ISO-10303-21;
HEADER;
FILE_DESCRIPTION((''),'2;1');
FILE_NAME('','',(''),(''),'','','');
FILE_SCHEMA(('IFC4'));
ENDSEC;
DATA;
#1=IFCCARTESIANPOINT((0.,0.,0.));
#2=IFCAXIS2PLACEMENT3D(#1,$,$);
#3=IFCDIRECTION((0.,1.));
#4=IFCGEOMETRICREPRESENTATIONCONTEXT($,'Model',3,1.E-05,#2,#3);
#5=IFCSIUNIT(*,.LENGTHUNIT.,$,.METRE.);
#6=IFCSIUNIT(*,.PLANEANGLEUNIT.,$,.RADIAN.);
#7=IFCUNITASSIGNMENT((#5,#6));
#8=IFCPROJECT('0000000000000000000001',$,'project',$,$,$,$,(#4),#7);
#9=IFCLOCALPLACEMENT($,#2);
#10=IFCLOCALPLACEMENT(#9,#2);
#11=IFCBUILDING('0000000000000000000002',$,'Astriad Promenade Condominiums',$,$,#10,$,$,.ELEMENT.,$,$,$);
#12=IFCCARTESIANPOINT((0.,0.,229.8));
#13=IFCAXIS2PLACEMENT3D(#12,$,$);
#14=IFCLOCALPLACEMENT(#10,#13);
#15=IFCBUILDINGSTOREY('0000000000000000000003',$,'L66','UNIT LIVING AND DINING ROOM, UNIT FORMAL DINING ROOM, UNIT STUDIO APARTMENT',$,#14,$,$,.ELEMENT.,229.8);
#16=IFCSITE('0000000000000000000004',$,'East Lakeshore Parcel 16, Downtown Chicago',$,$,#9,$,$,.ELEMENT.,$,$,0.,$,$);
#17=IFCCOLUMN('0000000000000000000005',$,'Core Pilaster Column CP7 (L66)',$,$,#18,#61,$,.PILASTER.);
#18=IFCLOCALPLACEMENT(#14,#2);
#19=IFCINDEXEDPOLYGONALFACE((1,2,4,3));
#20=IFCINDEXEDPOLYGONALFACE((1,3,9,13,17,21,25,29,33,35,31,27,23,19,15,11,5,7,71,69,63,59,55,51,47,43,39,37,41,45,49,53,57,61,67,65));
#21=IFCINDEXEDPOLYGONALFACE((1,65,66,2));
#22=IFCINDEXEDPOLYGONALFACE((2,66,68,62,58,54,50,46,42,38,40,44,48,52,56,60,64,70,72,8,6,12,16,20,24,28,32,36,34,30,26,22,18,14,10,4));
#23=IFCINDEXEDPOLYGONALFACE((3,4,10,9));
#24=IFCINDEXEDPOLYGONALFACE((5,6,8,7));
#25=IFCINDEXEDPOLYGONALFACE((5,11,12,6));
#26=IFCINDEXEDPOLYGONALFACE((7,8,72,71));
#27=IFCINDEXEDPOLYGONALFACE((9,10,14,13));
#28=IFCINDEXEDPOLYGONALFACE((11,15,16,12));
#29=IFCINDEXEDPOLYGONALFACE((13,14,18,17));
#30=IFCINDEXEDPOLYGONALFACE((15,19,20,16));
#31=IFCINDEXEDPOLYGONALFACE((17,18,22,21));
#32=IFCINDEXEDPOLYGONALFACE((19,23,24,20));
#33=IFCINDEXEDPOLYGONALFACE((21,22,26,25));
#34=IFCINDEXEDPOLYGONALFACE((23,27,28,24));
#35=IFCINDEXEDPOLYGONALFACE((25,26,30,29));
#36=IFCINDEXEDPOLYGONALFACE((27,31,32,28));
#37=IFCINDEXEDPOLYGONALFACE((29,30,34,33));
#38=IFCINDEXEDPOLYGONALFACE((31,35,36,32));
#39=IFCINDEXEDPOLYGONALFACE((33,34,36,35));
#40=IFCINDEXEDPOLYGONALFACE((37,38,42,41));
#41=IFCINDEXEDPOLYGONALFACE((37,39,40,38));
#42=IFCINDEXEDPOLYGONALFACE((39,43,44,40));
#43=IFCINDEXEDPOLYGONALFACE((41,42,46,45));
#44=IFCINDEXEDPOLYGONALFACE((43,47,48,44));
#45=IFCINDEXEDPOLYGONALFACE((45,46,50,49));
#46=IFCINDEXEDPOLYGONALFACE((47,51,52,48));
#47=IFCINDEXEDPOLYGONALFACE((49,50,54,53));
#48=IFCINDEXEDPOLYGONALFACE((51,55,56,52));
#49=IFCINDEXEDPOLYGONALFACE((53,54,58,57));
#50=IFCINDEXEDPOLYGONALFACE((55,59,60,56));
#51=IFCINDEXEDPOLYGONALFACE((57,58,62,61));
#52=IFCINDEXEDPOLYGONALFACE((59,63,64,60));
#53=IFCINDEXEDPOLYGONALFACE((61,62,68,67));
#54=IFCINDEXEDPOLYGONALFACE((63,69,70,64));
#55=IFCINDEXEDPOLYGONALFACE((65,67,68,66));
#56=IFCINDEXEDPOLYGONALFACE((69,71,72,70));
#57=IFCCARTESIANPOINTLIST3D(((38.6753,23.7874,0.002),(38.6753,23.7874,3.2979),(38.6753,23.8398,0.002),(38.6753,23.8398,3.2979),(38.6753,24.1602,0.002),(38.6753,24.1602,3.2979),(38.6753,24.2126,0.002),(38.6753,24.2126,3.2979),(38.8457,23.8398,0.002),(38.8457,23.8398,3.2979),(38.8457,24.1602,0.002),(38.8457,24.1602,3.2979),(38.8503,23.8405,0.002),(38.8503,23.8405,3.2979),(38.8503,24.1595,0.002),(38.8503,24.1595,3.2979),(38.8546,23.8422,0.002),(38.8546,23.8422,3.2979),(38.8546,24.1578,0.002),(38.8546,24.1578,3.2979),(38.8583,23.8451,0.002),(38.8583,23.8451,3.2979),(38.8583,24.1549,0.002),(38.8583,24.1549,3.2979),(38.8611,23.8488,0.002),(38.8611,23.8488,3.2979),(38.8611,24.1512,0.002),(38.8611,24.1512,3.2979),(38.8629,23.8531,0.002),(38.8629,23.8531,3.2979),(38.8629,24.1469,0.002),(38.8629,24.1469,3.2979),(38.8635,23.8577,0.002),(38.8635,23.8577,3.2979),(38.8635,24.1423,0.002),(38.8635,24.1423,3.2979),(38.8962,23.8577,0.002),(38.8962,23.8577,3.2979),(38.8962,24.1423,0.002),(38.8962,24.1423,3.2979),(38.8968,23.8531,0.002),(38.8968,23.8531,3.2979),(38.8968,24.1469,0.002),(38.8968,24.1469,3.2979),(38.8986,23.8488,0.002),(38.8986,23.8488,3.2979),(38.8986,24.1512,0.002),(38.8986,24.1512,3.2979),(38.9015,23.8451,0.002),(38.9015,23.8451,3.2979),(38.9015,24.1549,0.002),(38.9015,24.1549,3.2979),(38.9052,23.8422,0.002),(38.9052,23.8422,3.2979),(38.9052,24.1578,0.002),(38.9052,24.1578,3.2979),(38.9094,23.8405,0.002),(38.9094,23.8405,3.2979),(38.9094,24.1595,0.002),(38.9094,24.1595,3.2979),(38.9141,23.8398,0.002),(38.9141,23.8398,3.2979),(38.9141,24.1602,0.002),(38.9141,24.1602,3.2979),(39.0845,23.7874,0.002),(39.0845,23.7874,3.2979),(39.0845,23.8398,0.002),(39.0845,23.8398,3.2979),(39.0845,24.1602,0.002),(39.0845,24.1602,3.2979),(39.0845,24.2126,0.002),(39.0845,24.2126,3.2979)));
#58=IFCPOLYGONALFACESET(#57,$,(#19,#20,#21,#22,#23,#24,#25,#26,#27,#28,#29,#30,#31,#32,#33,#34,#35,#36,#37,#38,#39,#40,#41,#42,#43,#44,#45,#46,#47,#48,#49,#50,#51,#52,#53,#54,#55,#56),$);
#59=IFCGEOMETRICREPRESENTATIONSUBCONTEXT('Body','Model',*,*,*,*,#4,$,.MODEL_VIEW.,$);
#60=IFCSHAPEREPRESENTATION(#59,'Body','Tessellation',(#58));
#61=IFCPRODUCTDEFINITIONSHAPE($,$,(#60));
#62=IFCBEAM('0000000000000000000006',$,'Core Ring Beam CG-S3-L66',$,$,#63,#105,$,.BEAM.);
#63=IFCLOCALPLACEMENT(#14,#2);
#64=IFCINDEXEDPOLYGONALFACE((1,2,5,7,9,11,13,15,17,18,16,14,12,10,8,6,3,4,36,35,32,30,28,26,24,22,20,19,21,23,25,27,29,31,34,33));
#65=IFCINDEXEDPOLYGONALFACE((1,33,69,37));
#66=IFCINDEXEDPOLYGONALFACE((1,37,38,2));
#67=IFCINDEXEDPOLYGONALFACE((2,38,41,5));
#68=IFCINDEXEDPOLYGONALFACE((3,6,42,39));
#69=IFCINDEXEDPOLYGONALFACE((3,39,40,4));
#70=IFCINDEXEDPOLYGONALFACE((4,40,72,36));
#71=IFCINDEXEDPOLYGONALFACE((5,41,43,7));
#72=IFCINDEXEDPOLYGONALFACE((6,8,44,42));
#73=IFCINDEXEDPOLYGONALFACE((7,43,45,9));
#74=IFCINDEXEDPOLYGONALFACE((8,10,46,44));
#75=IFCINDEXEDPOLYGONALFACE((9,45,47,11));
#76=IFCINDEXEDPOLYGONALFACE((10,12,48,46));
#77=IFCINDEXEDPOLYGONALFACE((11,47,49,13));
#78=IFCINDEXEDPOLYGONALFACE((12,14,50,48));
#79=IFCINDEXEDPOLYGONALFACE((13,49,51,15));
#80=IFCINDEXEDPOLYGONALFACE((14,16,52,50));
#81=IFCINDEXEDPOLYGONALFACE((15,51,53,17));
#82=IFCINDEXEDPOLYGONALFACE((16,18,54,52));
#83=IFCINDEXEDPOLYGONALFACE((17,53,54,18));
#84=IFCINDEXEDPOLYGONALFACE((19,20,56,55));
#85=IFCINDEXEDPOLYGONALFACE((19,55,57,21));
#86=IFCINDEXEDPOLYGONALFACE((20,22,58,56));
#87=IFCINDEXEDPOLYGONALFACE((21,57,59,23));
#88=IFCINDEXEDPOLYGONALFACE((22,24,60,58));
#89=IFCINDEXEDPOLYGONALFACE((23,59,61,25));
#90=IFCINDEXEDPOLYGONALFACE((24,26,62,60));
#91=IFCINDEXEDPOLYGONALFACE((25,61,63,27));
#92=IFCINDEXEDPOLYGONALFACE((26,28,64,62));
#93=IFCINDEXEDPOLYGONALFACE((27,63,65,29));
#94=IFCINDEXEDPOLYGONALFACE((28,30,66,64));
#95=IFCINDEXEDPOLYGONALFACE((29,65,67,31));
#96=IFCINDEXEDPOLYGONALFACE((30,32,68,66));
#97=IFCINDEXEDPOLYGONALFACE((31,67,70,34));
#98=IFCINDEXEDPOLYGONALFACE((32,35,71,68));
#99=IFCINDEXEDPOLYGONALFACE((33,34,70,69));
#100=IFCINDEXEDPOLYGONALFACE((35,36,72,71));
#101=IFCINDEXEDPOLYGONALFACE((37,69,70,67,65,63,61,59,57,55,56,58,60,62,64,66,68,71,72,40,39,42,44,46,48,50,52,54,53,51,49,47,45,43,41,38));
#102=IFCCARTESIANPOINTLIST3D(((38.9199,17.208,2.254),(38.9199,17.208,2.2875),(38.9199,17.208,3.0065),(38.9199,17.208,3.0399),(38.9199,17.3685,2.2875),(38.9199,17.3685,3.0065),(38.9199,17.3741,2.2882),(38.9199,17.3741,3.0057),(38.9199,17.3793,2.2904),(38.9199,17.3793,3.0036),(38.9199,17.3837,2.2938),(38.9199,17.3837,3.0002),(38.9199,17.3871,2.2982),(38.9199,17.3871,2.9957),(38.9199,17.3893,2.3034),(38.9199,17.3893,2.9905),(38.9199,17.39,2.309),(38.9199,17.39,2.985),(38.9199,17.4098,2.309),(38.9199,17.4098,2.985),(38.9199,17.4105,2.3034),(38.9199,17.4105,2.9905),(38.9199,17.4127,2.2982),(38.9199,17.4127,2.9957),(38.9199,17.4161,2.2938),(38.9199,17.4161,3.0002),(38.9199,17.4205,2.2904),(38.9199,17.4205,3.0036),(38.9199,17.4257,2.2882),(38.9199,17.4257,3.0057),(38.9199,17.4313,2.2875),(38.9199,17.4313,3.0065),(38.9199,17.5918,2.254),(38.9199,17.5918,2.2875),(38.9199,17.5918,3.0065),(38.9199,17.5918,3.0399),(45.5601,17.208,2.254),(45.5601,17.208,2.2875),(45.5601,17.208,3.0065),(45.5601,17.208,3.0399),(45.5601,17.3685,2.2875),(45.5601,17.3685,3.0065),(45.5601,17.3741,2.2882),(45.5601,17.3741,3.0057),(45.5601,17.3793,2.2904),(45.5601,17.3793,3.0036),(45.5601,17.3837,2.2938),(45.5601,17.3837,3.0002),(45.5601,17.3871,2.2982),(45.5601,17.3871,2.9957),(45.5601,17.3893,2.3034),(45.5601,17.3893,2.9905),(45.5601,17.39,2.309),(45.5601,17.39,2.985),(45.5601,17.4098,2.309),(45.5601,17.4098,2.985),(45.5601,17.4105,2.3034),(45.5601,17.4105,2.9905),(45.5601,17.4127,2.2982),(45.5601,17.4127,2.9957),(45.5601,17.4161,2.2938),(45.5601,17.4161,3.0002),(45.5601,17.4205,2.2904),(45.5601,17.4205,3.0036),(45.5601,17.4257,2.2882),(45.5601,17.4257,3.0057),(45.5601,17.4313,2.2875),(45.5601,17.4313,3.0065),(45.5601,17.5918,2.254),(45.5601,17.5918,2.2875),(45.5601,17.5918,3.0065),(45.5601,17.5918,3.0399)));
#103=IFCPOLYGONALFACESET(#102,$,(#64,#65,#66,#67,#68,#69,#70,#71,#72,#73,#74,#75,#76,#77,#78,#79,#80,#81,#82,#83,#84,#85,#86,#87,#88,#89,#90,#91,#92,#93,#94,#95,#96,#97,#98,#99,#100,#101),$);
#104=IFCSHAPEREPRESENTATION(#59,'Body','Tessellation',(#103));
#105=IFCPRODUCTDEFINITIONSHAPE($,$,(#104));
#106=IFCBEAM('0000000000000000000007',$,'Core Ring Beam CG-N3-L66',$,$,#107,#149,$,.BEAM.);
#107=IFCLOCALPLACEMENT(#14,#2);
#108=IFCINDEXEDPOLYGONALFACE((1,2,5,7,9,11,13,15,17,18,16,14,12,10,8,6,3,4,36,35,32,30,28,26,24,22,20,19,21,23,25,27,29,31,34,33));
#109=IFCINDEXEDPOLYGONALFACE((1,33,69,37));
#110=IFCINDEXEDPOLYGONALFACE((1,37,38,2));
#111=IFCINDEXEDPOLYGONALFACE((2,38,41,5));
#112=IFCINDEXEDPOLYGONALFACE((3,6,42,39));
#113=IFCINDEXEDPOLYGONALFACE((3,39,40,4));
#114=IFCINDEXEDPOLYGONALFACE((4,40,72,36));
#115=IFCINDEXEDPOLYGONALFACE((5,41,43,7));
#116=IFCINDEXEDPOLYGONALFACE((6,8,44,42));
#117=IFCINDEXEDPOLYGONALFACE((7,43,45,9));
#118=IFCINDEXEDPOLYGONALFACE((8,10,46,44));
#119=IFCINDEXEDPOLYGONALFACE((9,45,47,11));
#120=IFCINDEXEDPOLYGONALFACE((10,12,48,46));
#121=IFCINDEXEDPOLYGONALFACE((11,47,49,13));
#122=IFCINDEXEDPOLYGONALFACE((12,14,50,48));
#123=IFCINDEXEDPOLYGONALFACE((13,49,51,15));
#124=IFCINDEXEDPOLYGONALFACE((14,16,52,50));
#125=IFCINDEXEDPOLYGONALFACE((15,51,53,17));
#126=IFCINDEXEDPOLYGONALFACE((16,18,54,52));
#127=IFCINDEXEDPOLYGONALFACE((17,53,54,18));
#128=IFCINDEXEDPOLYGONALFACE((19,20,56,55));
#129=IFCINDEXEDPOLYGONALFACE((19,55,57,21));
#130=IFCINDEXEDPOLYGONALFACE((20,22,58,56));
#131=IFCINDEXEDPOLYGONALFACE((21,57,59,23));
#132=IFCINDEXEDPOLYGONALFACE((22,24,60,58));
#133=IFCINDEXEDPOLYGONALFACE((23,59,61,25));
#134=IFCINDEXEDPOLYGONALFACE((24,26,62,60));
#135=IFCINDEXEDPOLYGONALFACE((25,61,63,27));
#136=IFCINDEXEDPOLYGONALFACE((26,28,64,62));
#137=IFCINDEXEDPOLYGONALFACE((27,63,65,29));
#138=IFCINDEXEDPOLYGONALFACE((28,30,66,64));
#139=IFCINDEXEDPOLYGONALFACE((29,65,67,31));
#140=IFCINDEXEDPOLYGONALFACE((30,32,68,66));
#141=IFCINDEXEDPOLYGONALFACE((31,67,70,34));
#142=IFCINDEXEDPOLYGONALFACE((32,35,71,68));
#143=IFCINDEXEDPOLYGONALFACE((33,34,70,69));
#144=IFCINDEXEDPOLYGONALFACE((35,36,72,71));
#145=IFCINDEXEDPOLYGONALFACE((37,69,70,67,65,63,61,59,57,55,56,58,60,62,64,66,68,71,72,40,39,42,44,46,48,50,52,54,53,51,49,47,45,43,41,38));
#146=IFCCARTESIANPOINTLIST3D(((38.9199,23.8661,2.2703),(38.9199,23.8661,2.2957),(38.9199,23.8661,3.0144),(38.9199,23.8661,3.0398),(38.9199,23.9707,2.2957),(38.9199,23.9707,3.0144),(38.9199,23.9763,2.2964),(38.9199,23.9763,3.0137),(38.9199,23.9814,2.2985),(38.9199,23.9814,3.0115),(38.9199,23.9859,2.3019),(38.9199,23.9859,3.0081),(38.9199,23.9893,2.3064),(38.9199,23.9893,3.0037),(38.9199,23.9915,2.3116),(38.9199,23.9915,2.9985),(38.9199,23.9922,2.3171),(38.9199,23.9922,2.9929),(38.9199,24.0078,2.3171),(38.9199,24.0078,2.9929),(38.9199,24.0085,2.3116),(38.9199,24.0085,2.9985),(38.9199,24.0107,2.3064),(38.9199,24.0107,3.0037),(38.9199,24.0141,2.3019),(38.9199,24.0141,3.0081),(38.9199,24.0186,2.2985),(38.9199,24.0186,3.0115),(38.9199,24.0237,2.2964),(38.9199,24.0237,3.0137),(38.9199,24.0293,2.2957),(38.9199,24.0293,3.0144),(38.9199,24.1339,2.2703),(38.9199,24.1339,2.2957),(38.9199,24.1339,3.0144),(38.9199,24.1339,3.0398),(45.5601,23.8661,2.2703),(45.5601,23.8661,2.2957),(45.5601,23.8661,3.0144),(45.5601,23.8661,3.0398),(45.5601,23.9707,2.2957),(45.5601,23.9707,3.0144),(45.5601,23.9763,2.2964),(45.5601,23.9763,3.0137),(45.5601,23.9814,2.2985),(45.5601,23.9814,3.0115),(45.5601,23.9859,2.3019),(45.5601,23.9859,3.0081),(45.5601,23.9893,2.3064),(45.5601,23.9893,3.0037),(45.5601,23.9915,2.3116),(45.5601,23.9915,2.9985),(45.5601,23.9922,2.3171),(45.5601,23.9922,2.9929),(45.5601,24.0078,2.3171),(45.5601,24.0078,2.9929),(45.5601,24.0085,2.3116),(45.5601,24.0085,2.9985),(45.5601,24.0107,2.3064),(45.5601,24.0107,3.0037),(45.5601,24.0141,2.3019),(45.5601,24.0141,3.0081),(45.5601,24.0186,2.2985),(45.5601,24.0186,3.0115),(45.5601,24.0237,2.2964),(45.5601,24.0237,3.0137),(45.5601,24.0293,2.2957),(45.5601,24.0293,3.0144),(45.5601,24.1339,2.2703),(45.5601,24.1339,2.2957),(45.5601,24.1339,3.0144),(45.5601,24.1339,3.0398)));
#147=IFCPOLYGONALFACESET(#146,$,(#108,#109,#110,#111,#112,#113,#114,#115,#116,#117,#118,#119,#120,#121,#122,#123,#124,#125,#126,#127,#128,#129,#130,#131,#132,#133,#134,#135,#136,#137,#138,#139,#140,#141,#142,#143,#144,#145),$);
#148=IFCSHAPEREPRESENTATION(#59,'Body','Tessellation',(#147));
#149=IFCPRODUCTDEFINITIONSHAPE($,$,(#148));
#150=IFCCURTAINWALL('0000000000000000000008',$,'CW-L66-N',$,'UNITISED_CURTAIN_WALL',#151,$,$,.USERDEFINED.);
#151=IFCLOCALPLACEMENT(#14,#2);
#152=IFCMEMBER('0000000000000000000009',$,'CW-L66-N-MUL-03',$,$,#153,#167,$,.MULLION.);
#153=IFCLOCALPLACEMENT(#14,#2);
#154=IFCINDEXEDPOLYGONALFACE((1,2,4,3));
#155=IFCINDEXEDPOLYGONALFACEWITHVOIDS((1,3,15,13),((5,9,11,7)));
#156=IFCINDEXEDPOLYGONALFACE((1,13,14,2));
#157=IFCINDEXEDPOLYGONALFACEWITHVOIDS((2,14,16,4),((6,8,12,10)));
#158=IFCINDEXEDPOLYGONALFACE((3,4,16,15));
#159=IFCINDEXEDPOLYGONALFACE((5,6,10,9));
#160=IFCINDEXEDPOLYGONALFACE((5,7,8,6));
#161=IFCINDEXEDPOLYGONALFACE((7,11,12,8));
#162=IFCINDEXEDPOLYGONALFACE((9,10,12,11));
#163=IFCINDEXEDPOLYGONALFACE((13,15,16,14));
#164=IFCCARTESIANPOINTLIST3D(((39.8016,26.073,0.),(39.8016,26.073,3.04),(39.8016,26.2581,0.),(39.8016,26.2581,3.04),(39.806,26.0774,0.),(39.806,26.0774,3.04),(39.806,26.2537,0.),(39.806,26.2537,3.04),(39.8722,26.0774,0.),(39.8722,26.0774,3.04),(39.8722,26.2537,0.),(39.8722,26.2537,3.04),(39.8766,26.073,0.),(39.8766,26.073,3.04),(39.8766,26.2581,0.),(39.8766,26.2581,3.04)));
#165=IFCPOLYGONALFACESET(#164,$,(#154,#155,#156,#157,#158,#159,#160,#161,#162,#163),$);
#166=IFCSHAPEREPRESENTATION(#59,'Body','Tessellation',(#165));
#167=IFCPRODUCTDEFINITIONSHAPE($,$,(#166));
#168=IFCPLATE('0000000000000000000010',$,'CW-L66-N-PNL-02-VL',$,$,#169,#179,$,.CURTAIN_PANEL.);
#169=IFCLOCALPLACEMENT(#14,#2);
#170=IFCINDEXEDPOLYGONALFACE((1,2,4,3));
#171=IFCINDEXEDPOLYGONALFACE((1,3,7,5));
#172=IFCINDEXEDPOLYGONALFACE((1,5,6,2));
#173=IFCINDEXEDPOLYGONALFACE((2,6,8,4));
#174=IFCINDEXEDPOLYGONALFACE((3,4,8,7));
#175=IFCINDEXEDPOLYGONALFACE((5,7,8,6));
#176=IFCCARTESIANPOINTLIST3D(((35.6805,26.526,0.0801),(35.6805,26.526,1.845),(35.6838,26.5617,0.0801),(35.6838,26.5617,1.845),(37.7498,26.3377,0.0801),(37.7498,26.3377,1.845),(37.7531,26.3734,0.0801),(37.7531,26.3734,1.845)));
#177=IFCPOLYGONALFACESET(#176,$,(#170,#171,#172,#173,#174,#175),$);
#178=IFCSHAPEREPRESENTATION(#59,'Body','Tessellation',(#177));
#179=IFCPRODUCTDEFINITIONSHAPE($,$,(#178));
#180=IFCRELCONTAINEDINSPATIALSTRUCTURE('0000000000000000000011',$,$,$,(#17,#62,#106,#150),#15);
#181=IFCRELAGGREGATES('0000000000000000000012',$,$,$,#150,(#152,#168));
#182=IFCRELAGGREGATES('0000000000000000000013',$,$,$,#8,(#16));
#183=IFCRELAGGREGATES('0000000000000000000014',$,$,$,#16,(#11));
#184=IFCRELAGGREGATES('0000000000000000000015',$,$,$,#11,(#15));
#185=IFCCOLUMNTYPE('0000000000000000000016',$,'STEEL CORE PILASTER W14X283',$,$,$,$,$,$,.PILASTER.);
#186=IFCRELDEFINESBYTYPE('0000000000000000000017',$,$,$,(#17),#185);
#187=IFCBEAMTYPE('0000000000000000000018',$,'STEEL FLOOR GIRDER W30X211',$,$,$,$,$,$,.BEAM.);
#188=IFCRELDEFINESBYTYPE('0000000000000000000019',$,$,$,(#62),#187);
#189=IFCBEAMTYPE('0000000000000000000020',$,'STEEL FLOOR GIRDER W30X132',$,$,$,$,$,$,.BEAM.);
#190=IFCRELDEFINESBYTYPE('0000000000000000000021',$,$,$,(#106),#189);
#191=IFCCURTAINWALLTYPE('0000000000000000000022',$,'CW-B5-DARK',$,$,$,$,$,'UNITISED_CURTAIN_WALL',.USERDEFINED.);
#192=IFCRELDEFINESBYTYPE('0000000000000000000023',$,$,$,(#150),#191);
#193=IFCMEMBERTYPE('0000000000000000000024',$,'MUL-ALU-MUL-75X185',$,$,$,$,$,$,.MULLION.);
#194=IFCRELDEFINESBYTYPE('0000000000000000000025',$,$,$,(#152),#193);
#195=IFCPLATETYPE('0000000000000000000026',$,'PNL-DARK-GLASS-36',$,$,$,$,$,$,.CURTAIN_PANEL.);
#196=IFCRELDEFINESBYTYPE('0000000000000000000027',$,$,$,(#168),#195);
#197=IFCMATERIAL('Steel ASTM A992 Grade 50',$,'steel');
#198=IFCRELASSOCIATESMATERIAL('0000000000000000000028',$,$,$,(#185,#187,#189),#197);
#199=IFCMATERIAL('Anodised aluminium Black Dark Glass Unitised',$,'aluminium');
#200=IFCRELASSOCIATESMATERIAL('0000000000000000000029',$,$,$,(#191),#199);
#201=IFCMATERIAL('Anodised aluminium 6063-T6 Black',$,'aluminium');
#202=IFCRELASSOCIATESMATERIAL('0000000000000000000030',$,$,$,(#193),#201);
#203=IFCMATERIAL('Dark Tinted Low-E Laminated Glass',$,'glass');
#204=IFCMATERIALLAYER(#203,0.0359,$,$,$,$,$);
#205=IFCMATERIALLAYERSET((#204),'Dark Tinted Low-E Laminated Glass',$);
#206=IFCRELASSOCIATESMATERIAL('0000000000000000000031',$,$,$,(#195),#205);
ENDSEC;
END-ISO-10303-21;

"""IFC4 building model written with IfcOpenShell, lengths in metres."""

from ifc_helpers import new_model, si_unit, direction, frame, origin, origin_2d, place, context, subcontext, project, spatial, rectangle, hollow_rectangle, i_section, extrude, source, transform, mapped, material, layer, layer_set, material_profile, profile_set, type_object, type_shapes, element, aggregate, save


model = new_model("IFC4")

# Units and contexts
model_context = context("Model", 3, precision=1e-05, world=origin(), true_north=direction((0.0, 1.0)))
body_context = subcontext(model_context, "Body", "Model", "MODEL_VIEW")
ifc_project = project(units=[si_unit("LENGTHUNIT", "METRE"), si_unit("PLANEANGLEUNIT", "RADIAN")], contexts=[model_context])

# Site, building, storey
site_placement = place(None, origin())
site = spatial("IfcSite", under=ifc_project, at=site_placement, Name="East Lakeshore Parcel 16, Downtown Chicago", CompositionType="ELEMENT", RefElevation=0.0)
building_placement = place(site_placement, origin())
building = spatial("IfcBuilding", under=site, at=building_placement, Name="Astriad Promenade Condominiums", CompositionType="ELEMENT")
storey_placement = place(building_placement, frame((0.0, 0.0, 229.8)))
storey = spatial("IfcBuildingStorey", under=building, at=storey_placement, Name="L66", Description="UNIT LIVING AND DINING ROOM, UNIT FORMAL DINING ROOM, UNIT STUDIO APARTMENT", CompositionType="ELEMENT", Elevation=229.8)

# Column
ifc_material_1 = material(Name="Steel ASTM A992 Grade 50", Category="steel")
ifc_material_profile_1 = material_profile(ifc_material_1, i_section(OverallWidth=0.4092, OverallDepth=0.4253, WebThickness=0.0327, FlangeThickness=0.0525, FilletRadius=0.0178, at=origin_2d()), Name="W14X283")
ifc_profile_set_1 = profile_set([ifc_material_profile_1], Name="Steel ASTM A992 Grade 50")
column_type = type_object("IfcColumnType", Name="STEEL CORE PILASTER W14X283", PredefinedType="PILASTER", material=ifc_profile_set_1)
shared_shape_1 = source(origin(), body_context, "Body", "SweptSolid", [
    extrude(i_section(OverallWidth=0.4092, OverallDepth=0.4253, WebThickness=0.0327, FlangeThickness=0.0525, FilletRadius=0.0178, at=origin_2d()), origin(), (0.0, 0.0, 1.0), 3.2959),
])
type_shapes(column_type, [shared_shape_1])
column_placement = place(storey_placement, frame((38.8799, 24.0, 0.002), z_axis=(0.0, 0.0, 1.0), x_axis=(1.0, 0.0, 0.0)))
element("IfcColumn", 1, at=column_placement, inside=storey, type_object=column_type, Name="Core Pilaster Column CP7 (L66)", PredefinedType="PILASTER", context=body_context, shape_type="MappedRepresentation", body=[
    mapped(shared_shape_1, transform((0.0, 0.0, 0.0), scale=1.0)),
])

# Beams
ifc_material_profile_2 = material_profile(ifc_material_1, i_section(OverallWidth=0.3838, OverallDepth=0.7859, WebThickness=0.0198, FlangeThickness=0.0334, FilletRadius=0.0215, at=origin_2d()), Name="W30X211")
ifc_profile_set_2 = profile_set([ifc_material_profile_2], Name="Steel ASTM A992 Grade 50")
beam_type_1 = type_object("IfcBeamType", Name="STEEL FLOOR GIRDER W30X211", PredefinedType="BEAM", material=ifc_profile_set_2)
shared_shape_2 = source(origin(), body_context, "Body", "SweptSolid", [
    extrude(i_section(OverallWidth=0.3838, OverallDepth=0.7859, WebThickness=0.0198, FlangeThickness=0.0334, FilletRadius=0.0215, at=origin_2d()), origin(), (0.0, 0.0, 1.0), 6.6401),
])
type_shapes(beam_type_1, [shared_shape_2])
beam_1_placement = place(storey_placement, frame((38.9199, 17.3999, 2.647), z_axis=(1.0, 0.0, 0.0), x_axis=(0.0, 1.0, 0.0)))
element("IfcBeam", 2, at=beam_1_placement, inside=storey, type_object=beam_type_1, Name="Core Ring Beam CG-S3-L66", PredefinedType="BEAM", context=body_context, shape_type="MappedRepresentation", body=[
    mapped(shared_shape_2, transform((0.0, 0.0, 0.0), scale=1.0)),
])
ifc_material_profile_3 = material_profile(ifc_material_1, i_section(OverallWidth=0.2678, OverallDepth=0.7695, WebThickness=0.0156, FlangeThickness=0.0254, FilletRadius=0.0215, at=origin_2d()), Name="W30X132")
ifc_profile_set_3 = profile_set([ifc_material_profile_3], Name="Steel ASTM A992 Grade 50")
beam_type_2 = type_object("IfcBeamType", Name="STEEL FLOOR GIRDER W30X132", PredefinedType="BEAM", material=ifc_profile_set_3)
shared_shape_3 = source(origin(), body_context, "Body", "SweptSolid", [
    extrude(i_section(OverallWidth=0.2678, OverallDepth=0.7695, WebThickness=0.0156, FlangeThickness=0.0254, FilletRadius=0.0215, at=origin_2d()), origin(), (0.0, 0.0, 1.0), 6.6401),
])
type_shapes(beam_type_2, [shared_shape_3])
beam_2_placement = place(storey_placement, frame((38.9199, 24.0, 2.655), z_axis=(1.0, 0.0, 0.0), x_axis=(0.0, 1.0, 0.0)))
element("IfcBeam", 3, at=beam_2_placement, inside=storey, type_object=beam_type_2, Name="Core Ring Beam CG-N3-L66", PredefinedType="BEAM", context=body_context, shape_type="MappedRepresentation", body=[
    mapped(shared_shape_3, transform((0.0, 0.0, 0.0), scale=1.0)),
])

# Curtain wall, member, plate
ifc_material_2 = material(Name="Anodised aluminium Black Dark Glass Unitised", Category="aluminium")
curtain_wall_type = type_object("IfcCurtainWallType", Name="CW-B5-DARK", ElementType="UNITISED_CURTAIN_WALL", PredefinedType="USERDEFINED", material=ifc_material_2)
curtain_wall_placement = place(storey_placement, origin())
curtain_wall = element("IfcCurtainWall", 4, at=curtain_wall_placement, inside=storey, type_object=curtain_wall_type, Name="CW-L66-N", ObjectType="UNITISED_CURTAIN_WALL", PredefinedType="USERDEFINED")
ifc_material_3 = material(Name="Anodised aluminium 6063-T6 Black", Category="aluminium")
ifc_material_profile_4 = material_profile(ifc_material_3, hollow_rectangle(XDim=0.075, YDim=0.1851, WallThickness=0.0044, at=origin_2d()), Name="ALU-MUL-75X185")
ifc_profile_set_4 = profile_set([ifc_material_profile_4], Name="Anodised aluminium 6063-T6 Black")
member_type = type_object("IfcMemberType", Name="MUL-ALU-MUL-75X185", PredefinedType="MULLION", material=ifc_profile_set_4)
shared_shape_4 = source(origin(), body_context, "Body", "SweptSolid", [
    extrude(hollow_rectangle(XDim=0.075, YDim=0.1851, WallThickness=0.0044, at=origin_2d()), origin(), (0.0, 0.0, 1.0), 3.04),
])
type_shapes(member_type, [shared_shape_4])
member_placement = place(storey_placement, frame((39.8391, 26.1655, 0.0), z_axis=(0.0, 0.0, 1.0), x_axis=(1.0, 0.0, 0.0)))
member = element("IfcMember", 5, at=member_placement, type_object=member_type, Name="CW-L66-N-MUL-03", PredefinedType="MULLION", context=body_context, shape_type="MappedRepresentation", body=[
    mapped(shared_shape_4, transform((0.0, 0.0, 0.0), scale=1.0)),
])
ifc_material_4 = material(Name="Dark Tinted Low-E Laminated Glass", Category="glass")
ifc_layer_1 = layer(ifc_material_4, 0.0359)
ifc_layer_set_1 = layer_set([ifc_layer_1], Name="Dark Tinted Low-E Laminated Glass")
plate_type = type_object("IfcPlateType", Name="PNL-DARK-GLASS-36", PredefinedType="CURTAIN_PANEL", material=ifc_layer_set_1)
shared_shape_5 = source(origin(), body_context, "Body", "SweptSolid", [
    extrude(rectangle(XDim=2.0779, YDim=0.0359, at=origin_2d()), origin(), (0.0, 0.0, 1.0), 1.7649),
])
plate_1_placement = place(storey_placement, frame((36.7168, 26.4497, 0.0801), z_axis=(0.0, 0.0, 1.0), x_axis=(0.995884, -0.090633, 0.0)))
plate_1 = element("IfcPlate", 6, at=plate_1_placement, type_object=plate_type, Name="CW-L66-N-PNL-02-VL", PredefinedType="CURTAIN_PANEL", context=body_context, shape_type="MappedRepresentation", body=[
    mapped(shared_shape_5, transform((0.0, 0.0, 0.0), scale=1.0)),
])
aggregate(curtain_wall, [member, plate_1])

save(model, "model.ifc")
